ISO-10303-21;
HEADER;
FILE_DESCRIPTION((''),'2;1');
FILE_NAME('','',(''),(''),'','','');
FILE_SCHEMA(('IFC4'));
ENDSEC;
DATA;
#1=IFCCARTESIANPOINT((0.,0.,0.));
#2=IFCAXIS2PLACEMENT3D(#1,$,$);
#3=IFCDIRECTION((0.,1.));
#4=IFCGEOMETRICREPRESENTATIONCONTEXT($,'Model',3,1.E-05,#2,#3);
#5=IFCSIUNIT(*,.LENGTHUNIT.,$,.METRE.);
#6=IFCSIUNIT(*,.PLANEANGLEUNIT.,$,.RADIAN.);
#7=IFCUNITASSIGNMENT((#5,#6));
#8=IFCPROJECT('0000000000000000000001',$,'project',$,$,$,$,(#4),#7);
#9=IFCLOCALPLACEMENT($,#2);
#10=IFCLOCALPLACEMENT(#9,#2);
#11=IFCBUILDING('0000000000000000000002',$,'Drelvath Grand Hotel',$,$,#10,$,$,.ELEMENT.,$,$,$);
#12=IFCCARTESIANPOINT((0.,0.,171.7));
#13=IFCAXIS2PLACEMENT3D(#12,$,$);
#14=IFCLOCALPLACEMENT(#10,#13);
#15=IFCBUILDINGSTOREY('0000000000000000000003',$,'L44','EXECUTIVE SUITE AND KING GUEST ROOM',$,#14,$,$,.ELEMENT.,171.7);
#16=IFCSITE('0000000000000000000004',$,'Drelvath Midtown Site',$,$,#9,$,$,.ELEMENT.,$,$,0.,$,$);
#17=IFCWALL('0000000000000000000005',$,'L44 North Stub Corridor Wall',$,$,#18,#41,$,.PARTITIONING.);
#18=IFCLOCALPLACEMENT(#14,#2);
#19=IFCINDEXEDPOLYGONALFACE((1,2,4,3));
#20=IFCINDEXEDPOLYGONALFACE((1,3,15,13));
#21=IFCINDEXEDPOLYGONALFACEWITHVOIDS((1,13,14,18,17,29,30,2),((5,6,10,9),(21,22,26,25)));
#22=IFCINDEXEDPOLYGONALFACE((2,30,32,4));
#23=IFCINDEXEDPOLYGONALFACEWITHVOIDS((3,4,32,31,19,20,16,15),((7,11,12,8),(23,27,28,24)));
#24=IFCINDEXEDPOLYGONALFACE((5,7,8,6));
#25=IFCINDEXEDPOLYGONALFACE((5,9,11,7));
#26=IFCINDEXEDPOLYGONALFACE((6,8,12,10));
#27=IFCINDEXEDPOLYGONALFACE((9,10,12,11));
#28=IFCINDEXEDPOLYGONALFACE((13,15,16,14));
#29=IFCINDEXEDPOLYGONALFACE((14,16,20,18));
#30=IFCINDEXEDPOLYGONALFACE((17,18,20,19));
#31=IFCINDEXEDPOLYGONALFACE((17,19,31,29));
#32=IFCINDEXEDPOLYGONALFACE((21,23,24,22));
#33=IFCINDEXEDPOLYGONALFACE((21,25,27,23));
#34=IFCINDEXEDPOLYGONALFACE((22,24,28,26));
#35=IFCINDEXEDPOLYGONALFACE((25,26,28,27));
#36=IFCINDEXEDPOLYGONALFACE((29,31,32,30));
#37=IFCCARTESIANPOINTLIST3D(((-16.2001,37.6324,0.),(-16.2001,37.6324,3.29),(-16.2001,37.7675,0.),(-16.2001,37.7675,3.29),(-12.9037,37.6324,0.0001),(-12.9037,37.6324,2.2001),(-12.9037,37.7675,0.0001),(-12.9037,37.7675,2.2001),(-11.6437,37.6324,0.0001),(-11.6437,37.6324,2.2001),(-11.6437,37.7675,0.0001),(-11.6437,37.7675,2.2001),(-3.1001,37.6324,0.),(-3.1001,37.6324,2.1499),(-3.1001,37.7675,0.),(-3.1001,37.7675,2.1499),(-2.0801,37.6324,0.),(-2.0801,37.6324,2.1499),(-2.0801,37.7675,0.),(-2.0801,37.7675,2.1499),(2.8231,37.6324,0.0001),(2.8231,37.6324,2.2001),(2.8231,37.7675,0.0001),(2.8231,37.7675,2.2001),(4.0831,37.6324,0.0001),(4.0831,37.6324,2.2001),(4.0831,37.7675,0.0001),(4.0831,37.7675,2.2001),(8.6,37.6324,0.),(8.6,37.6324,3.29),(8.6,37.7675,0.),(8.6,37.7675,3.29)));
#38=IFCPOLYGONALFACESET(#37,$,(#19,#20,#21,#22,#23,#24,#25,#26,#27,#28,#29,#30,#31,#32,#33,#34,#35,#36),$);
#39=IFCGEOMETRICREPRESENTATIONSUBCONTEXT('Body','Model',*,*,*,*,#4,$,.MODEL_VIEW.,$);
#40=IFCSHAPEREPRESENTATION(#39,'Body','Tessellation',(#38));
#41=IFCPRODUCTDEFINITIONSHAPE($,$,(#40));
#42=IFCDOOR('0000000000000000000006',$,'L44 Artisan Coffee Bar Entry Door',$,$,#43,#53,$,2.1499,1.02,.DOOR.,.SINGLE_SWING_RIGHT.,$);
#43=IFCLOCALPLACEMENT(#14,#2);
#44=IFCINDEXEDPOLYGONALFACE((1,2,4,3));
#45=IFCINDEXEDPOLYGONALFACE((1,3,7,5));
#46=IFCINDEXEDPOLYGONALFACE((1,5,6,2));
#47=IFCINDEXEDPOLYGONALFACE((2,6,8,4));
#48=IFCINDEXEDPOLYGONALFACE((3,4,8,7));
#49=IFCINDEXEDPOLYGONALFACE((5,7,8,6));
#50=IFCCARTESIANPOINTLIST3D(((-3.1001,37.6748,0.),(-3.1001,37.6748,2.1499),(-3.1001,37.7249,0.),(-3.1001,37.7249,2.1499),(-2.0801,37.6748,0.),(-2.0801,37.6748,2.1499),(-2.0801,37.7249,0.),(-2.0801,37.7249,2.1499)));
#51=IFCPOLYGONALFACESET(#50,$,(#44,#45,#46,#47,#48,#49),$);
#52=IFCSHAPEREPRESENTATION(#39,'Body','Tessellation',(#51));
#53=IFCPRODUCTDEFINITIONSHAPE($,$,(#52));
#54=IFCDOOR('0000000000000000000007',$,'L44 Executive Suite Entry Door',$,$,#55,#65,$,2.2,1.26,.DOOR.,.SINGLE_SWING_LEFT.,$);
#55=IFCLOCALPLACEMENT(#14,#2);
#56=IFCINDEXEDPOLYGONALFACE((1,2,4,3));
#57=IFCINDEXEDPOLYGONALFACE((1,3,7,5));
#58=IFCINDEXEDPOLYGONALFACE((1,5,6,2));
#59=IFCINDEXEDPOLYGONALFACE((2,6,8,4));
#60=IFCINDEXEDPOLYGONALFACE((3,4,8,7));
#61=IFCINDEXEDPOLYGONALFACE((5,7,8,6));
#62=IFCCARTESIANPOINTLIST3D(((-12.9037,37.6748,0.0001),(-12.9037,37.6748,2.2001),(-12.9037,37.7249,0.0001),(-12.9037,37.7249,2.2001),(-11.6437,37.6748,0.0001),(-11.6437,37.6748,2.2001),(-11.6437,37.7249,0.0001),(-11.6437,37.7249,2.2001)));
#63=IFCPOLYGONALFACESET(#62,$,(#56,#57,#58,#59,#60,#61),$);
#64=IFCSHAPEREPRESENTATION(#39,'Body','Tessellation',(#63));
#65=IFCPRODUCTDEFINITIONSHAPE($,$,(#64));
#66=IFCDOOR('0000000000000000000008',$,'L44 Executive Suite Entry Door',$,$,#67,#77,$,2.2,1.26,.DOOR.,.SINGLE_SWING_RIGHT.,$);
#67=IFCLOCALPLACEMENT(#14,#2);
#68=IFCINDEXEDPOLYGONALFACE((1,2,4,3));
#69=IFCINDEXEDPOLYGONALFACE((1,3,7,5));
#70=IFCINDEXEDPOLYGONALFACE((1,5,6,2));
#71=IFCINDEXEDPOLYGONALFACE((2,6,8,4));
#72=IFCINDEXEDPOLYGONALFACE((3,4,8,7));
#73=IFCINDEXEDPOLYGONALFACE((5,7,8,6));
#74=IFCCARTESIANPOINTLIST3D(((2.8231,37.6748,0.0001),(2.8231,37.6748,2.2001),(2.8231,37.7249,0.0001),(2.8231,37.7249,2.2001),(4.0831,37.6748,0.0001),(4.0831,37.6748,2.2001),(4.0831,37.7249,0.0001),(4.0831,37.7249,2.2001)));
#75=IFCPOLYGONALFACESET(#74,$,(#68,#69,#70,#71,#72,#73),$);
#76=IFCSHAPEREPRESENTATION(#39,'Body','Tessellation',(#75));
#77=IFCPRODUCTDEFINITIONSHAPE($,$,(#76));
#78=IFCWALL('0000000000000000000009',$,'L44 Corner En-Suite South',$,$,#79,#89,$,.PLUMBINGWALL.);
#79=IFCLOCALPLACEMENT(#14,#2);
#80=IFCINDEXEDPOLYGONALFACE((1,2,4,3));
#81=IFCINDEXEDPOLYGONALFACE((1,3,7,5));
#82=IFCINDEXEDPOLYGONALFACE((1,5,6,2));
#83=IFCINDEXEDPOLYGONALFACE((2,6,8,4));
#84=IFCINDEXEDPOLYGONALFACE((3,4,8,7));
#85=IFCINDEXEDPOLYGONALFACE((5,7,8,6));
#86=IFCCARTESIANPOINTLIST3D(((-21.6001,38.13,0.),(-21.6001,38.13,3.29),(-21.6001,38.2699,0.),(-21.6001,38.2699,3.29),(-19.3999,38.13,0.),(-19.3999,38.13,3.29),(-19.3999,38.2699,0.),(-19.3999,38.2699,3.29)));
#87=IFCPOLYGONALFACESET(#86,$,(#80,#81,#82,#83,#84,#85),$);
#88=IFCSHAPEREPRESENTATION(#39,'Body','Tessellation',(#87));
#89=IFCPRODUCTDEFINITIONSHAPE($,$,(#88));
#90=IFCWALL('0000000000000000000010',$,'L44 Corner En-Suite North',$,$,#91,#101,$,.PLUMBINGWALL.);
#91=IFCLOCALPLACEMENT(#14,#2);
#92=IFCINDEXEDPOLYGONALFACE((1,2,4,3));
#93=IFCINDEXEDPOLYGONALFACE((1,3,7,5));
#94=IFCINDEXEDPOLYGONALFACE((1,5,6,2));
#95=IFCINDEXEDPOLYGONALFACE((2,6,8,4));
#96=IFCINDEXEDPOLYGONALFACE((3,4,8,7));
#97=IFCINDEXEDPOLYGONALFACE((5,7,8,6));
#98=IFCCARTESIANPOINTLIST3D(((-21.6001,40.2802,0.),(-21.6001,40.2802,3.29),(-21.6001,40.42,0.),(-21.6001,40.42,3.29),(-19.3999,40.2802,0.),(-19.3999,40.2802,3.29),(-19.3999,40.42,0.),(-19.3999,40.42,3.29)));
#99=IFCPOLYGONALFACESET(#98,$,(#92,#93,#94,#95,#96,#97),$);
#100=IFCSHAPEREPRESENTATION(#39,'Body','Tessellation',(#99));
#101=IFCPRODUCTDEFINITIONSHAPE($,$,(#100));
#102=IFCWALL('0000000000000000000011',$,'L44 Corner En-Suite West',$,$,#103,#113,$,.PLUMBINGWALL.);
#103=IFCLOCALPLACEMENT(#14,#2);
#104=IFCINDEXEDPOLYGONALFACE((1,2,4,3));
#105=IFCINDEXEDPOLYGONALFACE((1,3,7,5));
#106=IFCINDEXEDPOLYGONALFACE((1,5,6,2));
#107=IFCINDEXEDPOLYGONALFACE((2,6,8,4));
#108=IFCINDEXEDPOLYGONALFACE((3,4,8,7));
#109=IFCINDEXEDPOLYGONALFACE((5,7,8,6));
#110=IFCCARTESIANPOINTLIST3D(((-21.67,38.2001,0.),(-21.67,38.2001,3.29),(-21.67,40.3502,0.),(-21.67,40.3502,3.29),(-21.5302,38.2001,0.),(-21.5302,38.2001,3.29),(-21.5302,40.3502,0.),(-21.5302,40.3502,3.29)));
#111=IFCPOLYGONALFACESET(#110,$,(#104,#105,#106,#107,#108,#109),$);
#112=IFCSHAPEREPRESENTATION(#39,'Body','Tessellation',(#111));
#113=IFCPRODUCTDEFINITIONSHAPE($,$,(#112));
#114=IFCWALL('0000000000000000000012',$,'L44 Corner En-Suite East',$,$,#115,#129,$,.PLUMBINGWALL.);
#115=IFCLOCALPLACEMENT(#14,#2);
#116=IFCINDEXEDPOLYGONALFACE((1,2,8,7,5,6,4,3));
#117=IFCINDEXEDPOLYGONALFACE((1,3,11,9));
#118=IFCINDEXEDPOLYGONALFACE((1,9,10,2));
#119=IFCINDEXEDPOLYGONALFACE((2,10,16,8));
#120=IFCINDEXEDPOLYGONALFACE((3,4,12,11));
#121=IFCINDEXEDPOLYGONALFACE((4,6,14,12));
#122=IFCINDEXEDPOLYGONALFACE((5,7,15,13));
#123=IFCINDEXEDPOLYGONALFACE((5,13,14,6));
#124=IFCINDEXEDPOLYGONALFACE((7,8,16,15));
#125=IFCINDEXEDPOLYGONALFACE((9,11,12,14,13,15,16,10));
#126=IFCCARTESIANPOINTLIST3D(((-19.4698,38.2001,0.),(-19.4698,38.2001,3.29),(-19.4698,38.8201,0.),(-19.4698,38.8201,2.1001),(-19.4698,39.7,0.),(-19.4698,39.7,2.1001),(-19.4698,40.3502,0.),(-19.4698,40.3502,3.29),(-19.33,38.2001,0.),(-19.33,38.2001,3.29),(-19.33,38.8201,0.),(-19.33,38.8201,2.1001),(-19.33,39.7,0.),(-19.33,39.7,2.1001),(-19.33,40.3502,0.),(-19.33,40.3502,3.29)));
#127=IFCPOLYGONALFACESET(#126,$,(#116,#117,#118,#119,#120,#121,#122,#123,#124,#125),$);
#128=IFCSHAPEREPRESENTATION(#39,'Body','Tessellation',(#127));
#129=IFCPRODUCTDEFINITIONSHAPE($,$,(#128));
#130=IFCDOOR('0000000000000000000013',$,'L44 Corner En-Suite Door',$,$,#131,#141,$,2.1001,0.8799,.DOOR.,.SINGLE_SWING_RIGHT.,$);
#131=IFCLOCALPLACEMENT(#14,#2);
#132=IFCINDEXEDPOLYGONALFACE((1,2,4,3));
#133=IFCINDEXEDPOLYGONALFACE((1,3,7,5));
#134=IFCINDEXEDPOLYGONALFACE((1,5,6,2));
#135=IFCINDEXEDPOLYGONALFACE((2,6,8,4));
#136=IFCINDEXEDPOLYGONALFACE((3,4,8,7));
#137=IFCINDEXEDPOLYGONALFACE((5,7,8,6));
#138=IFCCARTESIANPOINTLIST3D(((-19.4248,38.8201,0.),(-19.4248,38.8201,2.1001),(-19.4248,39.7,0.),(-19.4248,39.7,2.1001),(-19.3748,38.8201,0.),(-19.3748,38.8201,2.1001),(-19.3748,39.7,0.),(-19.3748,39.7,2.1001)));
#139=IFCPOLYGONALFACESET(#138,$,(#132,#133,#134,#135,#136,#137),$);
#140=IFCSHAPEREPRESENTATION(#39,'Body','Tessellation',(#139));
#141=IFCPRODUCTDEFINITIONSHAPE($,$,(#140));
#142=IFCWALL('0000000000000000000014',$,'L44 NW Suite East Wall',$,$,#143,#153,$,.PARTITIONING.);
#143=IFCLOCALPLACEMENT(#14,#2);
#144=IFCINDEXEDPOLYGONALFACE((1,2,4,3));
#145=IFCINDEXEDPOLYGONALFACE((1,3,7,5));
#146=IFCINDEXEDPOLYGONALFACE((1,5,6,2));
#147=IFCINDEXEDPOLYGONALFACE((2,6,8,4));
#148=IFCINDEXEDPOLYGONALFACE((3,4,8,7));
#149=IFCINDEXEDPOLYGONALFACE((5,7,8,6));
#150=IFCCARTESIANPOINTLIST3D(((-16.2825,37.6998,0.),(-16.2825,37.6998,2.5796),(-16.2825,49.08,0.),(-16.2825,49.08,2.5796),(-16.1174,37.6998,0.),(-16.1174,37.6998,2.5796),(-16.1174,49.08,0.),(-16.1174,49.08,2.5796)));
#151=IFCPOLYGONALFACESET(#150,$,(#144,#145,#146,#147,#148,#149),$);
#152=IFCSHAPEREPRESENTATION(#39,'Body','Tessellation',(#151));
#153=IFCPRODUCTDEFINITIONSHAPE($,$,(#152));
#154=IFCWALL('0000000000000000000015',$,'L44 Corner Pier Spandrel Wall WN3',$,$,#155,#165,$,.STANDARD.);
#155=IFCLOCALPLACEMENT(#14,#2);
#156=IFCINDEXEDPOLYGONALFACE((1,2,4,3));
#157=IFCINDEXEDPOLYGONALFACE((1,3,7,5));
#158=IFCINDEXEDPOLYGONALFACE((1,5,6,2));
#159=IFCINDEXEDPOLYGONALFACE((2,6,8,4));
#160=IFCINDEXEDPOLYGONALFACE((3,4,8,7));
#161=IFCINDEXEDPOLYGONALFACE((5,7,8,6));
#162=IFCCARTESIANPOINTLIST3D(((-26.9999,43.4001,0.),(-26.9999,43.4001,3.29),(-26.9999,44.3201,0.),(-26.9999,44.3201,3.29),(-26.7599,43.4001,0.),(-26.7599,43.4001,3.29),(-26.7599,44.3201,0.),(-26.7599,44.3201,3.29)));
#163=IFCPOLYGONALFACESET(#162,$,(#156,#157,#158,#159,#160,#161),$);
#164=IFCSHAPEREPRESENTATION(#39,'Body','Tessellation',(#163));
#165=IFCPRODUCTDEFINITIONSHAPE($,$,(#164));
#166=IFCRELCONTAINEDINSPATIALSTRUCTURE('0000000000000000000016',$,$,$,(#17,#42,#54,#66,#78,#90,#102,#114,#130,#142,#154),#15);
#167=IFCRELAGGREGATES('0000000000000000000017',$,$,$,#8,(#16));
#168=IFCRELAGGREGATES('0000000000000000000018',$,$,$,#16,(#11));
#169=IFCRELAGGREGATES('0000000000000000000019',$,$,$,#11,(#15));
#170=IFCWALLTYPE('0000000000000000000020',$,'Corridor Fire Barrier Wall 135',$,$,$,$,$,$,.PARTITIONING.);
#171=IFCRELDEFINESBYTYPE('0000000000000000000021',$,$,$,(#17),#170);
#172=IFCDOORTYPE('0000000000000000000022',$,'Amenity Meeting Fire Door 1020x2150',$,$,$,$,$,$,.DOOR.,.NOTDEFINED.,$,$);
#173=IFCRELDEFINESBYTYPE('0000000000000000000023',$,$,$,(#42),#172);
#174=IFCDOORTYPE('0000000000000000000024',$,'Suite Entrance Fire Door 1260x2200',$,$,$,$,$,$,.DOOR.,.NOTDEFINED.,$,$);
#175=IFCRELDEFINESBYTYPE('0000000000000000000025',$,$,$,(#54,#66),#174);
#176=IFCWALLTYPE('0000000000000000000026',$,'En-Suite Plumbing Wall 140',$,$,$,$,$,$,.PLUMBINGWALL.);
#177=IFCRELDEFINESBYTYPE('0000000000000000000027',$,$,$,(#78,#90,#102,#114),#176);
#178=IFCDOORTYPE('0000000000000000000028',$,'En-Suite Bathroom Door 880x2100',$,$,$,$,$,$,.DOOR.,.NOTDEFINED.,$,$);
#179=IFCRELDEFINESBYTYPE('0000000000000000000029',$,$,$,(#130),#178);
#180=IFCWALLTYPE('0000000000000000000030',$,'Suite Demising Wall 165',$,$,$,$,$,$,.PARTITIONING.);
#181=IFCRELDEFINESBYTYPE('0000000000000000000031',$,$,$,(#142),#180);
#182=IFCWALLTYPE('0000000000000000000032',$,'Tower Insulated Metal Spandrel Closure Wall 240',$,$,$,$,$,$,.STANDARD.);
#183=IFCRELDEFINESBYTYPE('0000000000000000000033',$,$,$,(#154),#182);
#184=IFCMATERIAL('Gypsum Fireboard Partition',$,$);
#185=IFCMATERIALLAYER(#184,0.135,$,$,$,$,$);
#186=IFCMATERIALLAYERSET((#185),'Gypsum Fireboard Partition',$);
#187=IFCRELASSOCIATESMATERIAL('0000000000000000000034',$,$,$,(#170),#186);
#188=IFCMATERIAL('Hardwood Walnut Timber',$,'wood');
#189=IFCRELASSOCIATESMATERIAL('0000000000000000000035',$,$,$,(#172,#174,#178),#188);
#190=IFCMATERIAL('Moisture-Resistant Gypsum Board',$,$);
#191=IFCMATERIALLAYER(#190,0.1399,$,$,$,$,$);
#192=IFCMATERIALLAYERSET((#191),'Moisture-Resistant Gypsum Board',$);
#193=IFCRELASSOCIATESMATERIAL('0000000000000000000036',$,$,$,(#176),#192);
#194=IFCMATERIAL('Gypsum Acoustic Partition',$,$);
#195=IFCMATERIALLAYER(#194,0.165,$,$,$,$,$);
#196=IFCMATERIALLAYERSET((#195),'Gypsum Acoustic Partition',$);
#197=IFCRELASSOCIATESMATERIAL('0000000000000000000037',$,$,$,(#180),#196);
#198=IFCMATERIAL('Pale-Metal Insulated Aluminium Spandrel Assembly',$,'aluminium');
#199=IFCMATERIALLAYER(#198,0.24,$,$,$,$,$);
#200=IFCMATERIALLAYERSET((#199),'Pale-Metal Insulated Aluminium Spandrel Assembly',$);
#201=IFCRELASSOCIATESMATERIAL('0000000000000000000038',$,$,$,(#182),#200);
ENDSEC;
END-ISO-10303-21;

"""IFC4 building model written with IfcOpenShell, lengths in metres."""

from ifc_helpers import new_model, si_unit, direction, frame, frame_2d, origin, place, context, subcontext, project, spatial, rectangle, extrude, material, layer, layer_set, type_object, element, fill, save


model = new_model("IFC4")

# Units and contexts
model_context = context("Model", 3, precision=1e-05, world=origin(), true_north=direction((0.0, 1.0)))
body_context = subcontext(model_context, "Body", "Model", "MODEL_VIEW")
ifc_project = project(units=[si_unit("LENGTHUNIT", "METRE"), si_unit("PLANEANGLEUNIT", "RADIAN")], contexts=[model_context])

# Site, building, storey
site_placement = place(None, origin())
site = spatial("IfcSite", under=ifc_project, at=site_placement, Name="Drelvath Midtown Site", CompositionType="ELEMENT", RefElevation=0.0)
building_placement = place(site_placement, origin())
building = spatial("IfcBuilding", under=site, at=building_placement, Name="Drelvath Grand Hotel", CompositionType="ELEMENT")
storey_placement = place(building_placement, frame((0.0, 0.0, 171.7)))
storey = spatial("IfcBuildingStorey", under=building, at=storey_placement, Name="L44", Description="EXECUTIVE SUITE AND KING GUEST ROOM", CompositionType="ELEMENT", Elevation=171.7)

# Wall, openings, doors
ifc_material_1 = material(Name="Gypsum Fireboard Partition")
ifc_layer_1 = layer(ifc_material_1, 0.135)
ifc_layer_set_1 = layer_set([ifc_layer_1], Name="Gypsum Fireboard Partition")
wall_type_1 = type_object("IfcWallType", Name="Corridor Fire Barrier Wall 135", PredefinedType="PARTITIONING", material=ifc_layer_set_1)
wall_1_placement = place(storey_placement, frame((-16.2, 37.7, 0.0), z_axis=(0.0, 0.0, 1.0), x_axis=(1.0, 0.0, 0.0)))
wall_1 = element("IfcWall", 1, at=wall_1_placement, inside=storey, type_object=wall_type_1, Name="L44 North Stub Corridor Wall", PredefinedType="PARTITIONING", context=body_context, shape_type="SweptSolid", body=[
    extrude(rectangle(XDim=24.8, YDim=0.135, at=frame_2d((12.3999, 0.0))), origin(), (0.0, 0.0, 1.0), 3.29),
])
opening_1_placement = place(wall_1_placement, frame((3.2964, 0.0, 0.0)))
opening_1 = element("IfcOpeningElement", 2, at=opening_1_placement, cuts=wall_1, PredefinedType="OPENING", context=body_context, shape_type="SweptSolid", body=[
    extrude(rectangle(XDim=1.26, YDim=2.2, at=frame_2d((0.6299, 1.1001))), frame((0.0, 0.0774, 0.0), z_axis=(0.0, -1.0, 0.0), x_axis=(1.0, 0.0, 0.0)), (0.0, 0.0, 1.0), 0.155),
])
opening_2_placement = place(wall_1_placement, frame((13.0999, 0.0, 0.0)))
opening_2 = element("IfcOpeningElement", 3, at=opening_2_placement, cuts=wall_1, PredefinedType="OPENING", context=body_context, shape_type="SweptSolid", body=[
    extrude(rectangle(XDim=1.02, YDim=2.1499, at=frame_2d((0.51, 1.075))), frame((0.0, 0.0774, 0.0), z_axis=(0.0, -1.0, 0.0), x_axis=(1.0, 0.0, 0.0)), (0.0, 0.0, 1.0), 0.155),
])
opening_3_placement = place(wall_1_placement, frame((19.0232, 0.0, 0.0)))
opening_3 = element("IfcOpeningElement", 4, at=opening_3_placement, cuts=wall_1, PredefinedType="OPENING", context=body_context, shape_type="SweptSolid", body=[
    extrude(rectangle(XDim=1.26, YDim=2.2, at=frame_2d((0.6299, 1.1001))), frame((0.0, 0.0774, 0.0), z_axis=(0.0, -1.0, 0.0), x_axis=(1.0, 0.0, 0.0)), (0.0, 0.0, 1.0), 0.155),
])
ifc_material_2 = material(Name="Hardwood Walnut Timber", Category="wood")
door_type_1 = type_object("IfcDoorType", Name="Amenity Meeting Fire Door 1020x2150", OperationType="NOTDEFINED", PredefinedType="DOOR", material=ifc_material_2)
door_1_placement = place(opening_2_placement, origin())
door_1 = element("IfcDoor", 5, at=door_1_placement, inside=storey, type_object=door_type_1, Name="L44 Artisan Coffee Bar Entry Door", OperationType="SINGLE_SWING_RIGHT", OverallHeight=2.1499, OverallWidth=1.02, PredefinedType="DOOR", context=body_context, shape_type="SweptSolid", body=[
    extrude(rectangle(XDim=1.02, YDim=2.1499, at=frame_2d((0.51, 1.075))), frame((0.0, 0.0249, 0.0), z_axis=(0.0, -1.0, 0.0), x_axis=(1.0, 0.0, 0.0)), (0.0, 0.0, 1.0), 0.05),
])
fill(opening_2, door_1)
door_type_2 = type_object("IfcDoorType", Name="Suite Entrance Fire Door 1260x2200", OperationType="NOTDEFINED", PredefinedType="DOOR", material=ifc_material_2)
door_2_placement = place(opening_1_placement, origin())
door_2 = element("IfcDoor", 6, at=door_2_placement, inside=storey, type_object=door_type_2, Name="L44 Executive Suite Entry Door", OperationType="SINGLE_SWING_LEFT", OverallHeight=2.2, OverallWidth=1.26, PredefinedType="DOOR", context=body_context, shape_type="SweptSolid", body=[
    extrude(rectangle(XDim=1.26, YDim=2.2, at=frame_2d((0.6299, 1.1001))), frame((0.0, 0.0249, 0.0), z_axis=(0.0, -1.0, 0.0), x_axis=(1.0, 0.0, 0.0)), (0.0, 0.0, 1.0), 0.05),
])
fill(opening_1, door_2)
door_3_placement = place(opening_3_placement, origin())
door_3 = element("IfcDoor", 7, at=door_3_placement, inside=storey, type_object=door_type_2, Name="L44 Executive Suite Entry Door", OperationType="SINGLE_SWING_RIGHT", OverallHeight=2.2, OverallWidth=1.26, PredefinedType="DOOR", context=body_context, shape_type="SweptSolid", body=[
    extrude(rectangle(XDim=1.26, YDim=2.2, at=frame_2d((0.6299, 1.1001))), frame((0.0, 0.0249, 0.0), z_axis=(0.0, -1.0, 0.0), x_axis=(1.0, 0.0, 0.0)), (0.0, 0.0, 1.0), 0.05),
])
fill(opening_3, door_3)

# Walls
ifc_material_3 = material(Name="Moisture-Resistant Gypsum Board")
ifc_layer_2 = layer(ifc_material_3, 0.1399)
ifc_layer_set_2 = layer_set([ifc_layer_2], Name="Moisture-Resistant Gypsum Board")
wall_type_2 = type_object("IfcWallType", Name="En-Suite Plumbing Wall 140", PredefinedType="PLUMBINGWALL", material=ifc_layer_set_2)
for number, where, z_axis, x_axis, name in (
    (8, (-21.6001, 38.2, 0.0), (0.0, 0.0, 1.0), (1.0, 0.0, 0.0), "L44 Corner En-Suite South"),
    (9, (-21.6001, 40.3501, 0.0), (0.0, 0.0, 1.0), (1.0, 0.0, 0.0), "L44 Corner En-Suite North"),
):
    element("IfcWall", number, at=place(storey_placement, frame(where, z_axis=z_axis, x_axis=x_axis)), inside=storey, type_object=wall_type_2, Name=name, PredefinedType="PLUMBINGWALL", context=body_context, shape_type="SweptSolid", body=[
        extrude(rectangle(XDim=2.2002, YDim=0.1399, at=frame_2d((1.1001, 0.0))), origin(), (0.0, 0.0, 1.0), 3.29),
    ])
wall_2_placement = place(storey_placement, frame((-21.6001, 38.2, 0.0), z_axis=(0.0, 0.0, 1.0), x_axis=(0.0, 1.0, 0.0)))
element("IfcWall", 10, at=wall_2_placement, inside=storey, type_object=wall_type_2, Name="L44 Corner En-Suite West", PredefinedType="PLUMBINGWALL", context=body_context, shape_type="SweptSolid", body=[
    extrude(rectangle(XDim=2.1501, YDim=0.1399, at=frame_2d((1.0752, 0.0))), origin(), (0.0, 0.0, 1.0), 3.29),
])

# Wall, opening, door
wall_3_placement = place(storey_placement, frame((-19.3999, 38.2, 0.0), z_axis=(0.0, 0.0, 1.0), x_axis=(0.0, 1.0, 0.0)))
wall_3 = element("IfcWall", 11, at=wall_3_placement, inside=storey, type_object=wall_type_2, Name="L44 Corner En-Suite East", PredefinedType="PLUMBINGWALL", context=body_context, shape_type="SweptSolid", body=[
    extrude(rectangle(XDim=2.1501, YDim=0.1399, at=frame_2d((1.0752, 0.0))), origin(), (0.0, 0.0, 1.0), 3.29),
])
opening_4_placement = place(wall_3_placement, frame((0.6201, 0.0, 0.0)))
opening_4 = element("IfcOpeningElement", 12, at=opening_4_placement, cuts=wall_3, PredefinedType="OPENING", context=body_context, shape_type="SweptSolid", body=[
    extrude(rectangle(XDim=0.8799, YDim=2.1001, at=frame_2d((0.4399, 1.05))), frame((0.0, 0.0798, 0.0), z_axis=(0.0, -1.0, 0.0), x_axis=(1.0, 0.0, 0.0)), (0.0, 0.0, 1.0), 0.1599),
])
door_type_3 = type_object("IfcDoorType", Name="En-Suite Bathroom Door 880x2100", OperationType="NOTDEFINED", PredefinedType="DOOR", material=ifc_material_2)
door_4_placement = place(opening_4_placement, origin())
door_4 = element("IfcDoor", 13, at=door_4_placement, inside=storey, type_object=door_type_3, Name="L44 Corner En-Suite Door", OperationType="SINGLE_SWING_RIGHT", OverallHeight=2.1001, OverallWidth=0.8799, PredefinedType="DOOR", context=body_context, shape_type="SweptSolid", body=[
    extrude(rectangle(XDim=0.8799, YDim=2.1001, at=frame_2d((0.4399, 1.05))), frame((0.0, 0.0249, 0.0), z_axis=(0.0, -1.0, 0.0), x_axis=(1.0, 0.0, 0.0)), (0.0, 0.0, 1.0), 0.05),
])
fill(opening_4, door_4)

# Walls
ifc_material_4 = material(Name="Gypsum Acoustic Partition")
ifc_layer_3 = layer(ifc_material_4, 0.165)
ifc_layer_set_3 = layer_set([ifc_layer_3], Name="Gypsum Acoustic Partition")
wall_type_3 = type_object("IfcWallType", Name="Suite Demising Wall 165", PredefinedType="PARTITIONING", material=ifc_layer_set_3)
wall_4_placement = place(storey_placement, frame((-16.2, 37.7, 0.0), z_axis=(0.0, 0.0, 1.0), x_axis=(0.0, 1.0, 0.0)))
element("IfcWall", 14, at=wall_4_placement, inside=storey, type_object=wall_type_3, Name="L44 NW Suite East Wall", PredefinedType="PARTITIONING", context=body_context, shape_type="SweptSolid", body=[
    extrude(rectangle(XDim=11.3801, YDim=0.165, at=frame_2d((5.6899, 0.0))), origin(), (0.0, 0.0, 1.0), 2.5796),
])
ifc_material_5 = material(Name="Pale-Metal Insulated Aluminium Spandrel Assembly", Category="aluminium")
ifc_layer_4 = layer(ifc_material_5, 0.24)
ifc_layer_set_4 = layer_set([ifc_layer_4], Name="Pale-Metal Insulated Aluminium Spandrel Assembly")
wall_type_4 = type_object("IfcWallType", Name="Tower Insulated Metal Spandrel Closure Wall 240", PredefinedType="STANDARD", material=ifc_layer_set_4)
wall_5_placement = place(storey_placement, frame((-26.8799, 43.4001, 0.0), z_axis=(0.0, 0.0, 1.0), x_axis=(0.0, 1.0, 0.0)))
element("IfcWall", 15, at=wall_5_placement, inside=storey, type_object=wall_type_4, Name="L44 Corner Pier Spandrel Wall WN3", PredefinedType="STANDARD", context=body_context, shape_type="SweptSolid", body=[
    extrude(rectangle(XDim=0.9199, YDim=0.24, at=frame_2d((0.46, 0.0))), origin(), (0.0, 0.0, 1.0), 3.29),
])

save(model, "model.ifc")
